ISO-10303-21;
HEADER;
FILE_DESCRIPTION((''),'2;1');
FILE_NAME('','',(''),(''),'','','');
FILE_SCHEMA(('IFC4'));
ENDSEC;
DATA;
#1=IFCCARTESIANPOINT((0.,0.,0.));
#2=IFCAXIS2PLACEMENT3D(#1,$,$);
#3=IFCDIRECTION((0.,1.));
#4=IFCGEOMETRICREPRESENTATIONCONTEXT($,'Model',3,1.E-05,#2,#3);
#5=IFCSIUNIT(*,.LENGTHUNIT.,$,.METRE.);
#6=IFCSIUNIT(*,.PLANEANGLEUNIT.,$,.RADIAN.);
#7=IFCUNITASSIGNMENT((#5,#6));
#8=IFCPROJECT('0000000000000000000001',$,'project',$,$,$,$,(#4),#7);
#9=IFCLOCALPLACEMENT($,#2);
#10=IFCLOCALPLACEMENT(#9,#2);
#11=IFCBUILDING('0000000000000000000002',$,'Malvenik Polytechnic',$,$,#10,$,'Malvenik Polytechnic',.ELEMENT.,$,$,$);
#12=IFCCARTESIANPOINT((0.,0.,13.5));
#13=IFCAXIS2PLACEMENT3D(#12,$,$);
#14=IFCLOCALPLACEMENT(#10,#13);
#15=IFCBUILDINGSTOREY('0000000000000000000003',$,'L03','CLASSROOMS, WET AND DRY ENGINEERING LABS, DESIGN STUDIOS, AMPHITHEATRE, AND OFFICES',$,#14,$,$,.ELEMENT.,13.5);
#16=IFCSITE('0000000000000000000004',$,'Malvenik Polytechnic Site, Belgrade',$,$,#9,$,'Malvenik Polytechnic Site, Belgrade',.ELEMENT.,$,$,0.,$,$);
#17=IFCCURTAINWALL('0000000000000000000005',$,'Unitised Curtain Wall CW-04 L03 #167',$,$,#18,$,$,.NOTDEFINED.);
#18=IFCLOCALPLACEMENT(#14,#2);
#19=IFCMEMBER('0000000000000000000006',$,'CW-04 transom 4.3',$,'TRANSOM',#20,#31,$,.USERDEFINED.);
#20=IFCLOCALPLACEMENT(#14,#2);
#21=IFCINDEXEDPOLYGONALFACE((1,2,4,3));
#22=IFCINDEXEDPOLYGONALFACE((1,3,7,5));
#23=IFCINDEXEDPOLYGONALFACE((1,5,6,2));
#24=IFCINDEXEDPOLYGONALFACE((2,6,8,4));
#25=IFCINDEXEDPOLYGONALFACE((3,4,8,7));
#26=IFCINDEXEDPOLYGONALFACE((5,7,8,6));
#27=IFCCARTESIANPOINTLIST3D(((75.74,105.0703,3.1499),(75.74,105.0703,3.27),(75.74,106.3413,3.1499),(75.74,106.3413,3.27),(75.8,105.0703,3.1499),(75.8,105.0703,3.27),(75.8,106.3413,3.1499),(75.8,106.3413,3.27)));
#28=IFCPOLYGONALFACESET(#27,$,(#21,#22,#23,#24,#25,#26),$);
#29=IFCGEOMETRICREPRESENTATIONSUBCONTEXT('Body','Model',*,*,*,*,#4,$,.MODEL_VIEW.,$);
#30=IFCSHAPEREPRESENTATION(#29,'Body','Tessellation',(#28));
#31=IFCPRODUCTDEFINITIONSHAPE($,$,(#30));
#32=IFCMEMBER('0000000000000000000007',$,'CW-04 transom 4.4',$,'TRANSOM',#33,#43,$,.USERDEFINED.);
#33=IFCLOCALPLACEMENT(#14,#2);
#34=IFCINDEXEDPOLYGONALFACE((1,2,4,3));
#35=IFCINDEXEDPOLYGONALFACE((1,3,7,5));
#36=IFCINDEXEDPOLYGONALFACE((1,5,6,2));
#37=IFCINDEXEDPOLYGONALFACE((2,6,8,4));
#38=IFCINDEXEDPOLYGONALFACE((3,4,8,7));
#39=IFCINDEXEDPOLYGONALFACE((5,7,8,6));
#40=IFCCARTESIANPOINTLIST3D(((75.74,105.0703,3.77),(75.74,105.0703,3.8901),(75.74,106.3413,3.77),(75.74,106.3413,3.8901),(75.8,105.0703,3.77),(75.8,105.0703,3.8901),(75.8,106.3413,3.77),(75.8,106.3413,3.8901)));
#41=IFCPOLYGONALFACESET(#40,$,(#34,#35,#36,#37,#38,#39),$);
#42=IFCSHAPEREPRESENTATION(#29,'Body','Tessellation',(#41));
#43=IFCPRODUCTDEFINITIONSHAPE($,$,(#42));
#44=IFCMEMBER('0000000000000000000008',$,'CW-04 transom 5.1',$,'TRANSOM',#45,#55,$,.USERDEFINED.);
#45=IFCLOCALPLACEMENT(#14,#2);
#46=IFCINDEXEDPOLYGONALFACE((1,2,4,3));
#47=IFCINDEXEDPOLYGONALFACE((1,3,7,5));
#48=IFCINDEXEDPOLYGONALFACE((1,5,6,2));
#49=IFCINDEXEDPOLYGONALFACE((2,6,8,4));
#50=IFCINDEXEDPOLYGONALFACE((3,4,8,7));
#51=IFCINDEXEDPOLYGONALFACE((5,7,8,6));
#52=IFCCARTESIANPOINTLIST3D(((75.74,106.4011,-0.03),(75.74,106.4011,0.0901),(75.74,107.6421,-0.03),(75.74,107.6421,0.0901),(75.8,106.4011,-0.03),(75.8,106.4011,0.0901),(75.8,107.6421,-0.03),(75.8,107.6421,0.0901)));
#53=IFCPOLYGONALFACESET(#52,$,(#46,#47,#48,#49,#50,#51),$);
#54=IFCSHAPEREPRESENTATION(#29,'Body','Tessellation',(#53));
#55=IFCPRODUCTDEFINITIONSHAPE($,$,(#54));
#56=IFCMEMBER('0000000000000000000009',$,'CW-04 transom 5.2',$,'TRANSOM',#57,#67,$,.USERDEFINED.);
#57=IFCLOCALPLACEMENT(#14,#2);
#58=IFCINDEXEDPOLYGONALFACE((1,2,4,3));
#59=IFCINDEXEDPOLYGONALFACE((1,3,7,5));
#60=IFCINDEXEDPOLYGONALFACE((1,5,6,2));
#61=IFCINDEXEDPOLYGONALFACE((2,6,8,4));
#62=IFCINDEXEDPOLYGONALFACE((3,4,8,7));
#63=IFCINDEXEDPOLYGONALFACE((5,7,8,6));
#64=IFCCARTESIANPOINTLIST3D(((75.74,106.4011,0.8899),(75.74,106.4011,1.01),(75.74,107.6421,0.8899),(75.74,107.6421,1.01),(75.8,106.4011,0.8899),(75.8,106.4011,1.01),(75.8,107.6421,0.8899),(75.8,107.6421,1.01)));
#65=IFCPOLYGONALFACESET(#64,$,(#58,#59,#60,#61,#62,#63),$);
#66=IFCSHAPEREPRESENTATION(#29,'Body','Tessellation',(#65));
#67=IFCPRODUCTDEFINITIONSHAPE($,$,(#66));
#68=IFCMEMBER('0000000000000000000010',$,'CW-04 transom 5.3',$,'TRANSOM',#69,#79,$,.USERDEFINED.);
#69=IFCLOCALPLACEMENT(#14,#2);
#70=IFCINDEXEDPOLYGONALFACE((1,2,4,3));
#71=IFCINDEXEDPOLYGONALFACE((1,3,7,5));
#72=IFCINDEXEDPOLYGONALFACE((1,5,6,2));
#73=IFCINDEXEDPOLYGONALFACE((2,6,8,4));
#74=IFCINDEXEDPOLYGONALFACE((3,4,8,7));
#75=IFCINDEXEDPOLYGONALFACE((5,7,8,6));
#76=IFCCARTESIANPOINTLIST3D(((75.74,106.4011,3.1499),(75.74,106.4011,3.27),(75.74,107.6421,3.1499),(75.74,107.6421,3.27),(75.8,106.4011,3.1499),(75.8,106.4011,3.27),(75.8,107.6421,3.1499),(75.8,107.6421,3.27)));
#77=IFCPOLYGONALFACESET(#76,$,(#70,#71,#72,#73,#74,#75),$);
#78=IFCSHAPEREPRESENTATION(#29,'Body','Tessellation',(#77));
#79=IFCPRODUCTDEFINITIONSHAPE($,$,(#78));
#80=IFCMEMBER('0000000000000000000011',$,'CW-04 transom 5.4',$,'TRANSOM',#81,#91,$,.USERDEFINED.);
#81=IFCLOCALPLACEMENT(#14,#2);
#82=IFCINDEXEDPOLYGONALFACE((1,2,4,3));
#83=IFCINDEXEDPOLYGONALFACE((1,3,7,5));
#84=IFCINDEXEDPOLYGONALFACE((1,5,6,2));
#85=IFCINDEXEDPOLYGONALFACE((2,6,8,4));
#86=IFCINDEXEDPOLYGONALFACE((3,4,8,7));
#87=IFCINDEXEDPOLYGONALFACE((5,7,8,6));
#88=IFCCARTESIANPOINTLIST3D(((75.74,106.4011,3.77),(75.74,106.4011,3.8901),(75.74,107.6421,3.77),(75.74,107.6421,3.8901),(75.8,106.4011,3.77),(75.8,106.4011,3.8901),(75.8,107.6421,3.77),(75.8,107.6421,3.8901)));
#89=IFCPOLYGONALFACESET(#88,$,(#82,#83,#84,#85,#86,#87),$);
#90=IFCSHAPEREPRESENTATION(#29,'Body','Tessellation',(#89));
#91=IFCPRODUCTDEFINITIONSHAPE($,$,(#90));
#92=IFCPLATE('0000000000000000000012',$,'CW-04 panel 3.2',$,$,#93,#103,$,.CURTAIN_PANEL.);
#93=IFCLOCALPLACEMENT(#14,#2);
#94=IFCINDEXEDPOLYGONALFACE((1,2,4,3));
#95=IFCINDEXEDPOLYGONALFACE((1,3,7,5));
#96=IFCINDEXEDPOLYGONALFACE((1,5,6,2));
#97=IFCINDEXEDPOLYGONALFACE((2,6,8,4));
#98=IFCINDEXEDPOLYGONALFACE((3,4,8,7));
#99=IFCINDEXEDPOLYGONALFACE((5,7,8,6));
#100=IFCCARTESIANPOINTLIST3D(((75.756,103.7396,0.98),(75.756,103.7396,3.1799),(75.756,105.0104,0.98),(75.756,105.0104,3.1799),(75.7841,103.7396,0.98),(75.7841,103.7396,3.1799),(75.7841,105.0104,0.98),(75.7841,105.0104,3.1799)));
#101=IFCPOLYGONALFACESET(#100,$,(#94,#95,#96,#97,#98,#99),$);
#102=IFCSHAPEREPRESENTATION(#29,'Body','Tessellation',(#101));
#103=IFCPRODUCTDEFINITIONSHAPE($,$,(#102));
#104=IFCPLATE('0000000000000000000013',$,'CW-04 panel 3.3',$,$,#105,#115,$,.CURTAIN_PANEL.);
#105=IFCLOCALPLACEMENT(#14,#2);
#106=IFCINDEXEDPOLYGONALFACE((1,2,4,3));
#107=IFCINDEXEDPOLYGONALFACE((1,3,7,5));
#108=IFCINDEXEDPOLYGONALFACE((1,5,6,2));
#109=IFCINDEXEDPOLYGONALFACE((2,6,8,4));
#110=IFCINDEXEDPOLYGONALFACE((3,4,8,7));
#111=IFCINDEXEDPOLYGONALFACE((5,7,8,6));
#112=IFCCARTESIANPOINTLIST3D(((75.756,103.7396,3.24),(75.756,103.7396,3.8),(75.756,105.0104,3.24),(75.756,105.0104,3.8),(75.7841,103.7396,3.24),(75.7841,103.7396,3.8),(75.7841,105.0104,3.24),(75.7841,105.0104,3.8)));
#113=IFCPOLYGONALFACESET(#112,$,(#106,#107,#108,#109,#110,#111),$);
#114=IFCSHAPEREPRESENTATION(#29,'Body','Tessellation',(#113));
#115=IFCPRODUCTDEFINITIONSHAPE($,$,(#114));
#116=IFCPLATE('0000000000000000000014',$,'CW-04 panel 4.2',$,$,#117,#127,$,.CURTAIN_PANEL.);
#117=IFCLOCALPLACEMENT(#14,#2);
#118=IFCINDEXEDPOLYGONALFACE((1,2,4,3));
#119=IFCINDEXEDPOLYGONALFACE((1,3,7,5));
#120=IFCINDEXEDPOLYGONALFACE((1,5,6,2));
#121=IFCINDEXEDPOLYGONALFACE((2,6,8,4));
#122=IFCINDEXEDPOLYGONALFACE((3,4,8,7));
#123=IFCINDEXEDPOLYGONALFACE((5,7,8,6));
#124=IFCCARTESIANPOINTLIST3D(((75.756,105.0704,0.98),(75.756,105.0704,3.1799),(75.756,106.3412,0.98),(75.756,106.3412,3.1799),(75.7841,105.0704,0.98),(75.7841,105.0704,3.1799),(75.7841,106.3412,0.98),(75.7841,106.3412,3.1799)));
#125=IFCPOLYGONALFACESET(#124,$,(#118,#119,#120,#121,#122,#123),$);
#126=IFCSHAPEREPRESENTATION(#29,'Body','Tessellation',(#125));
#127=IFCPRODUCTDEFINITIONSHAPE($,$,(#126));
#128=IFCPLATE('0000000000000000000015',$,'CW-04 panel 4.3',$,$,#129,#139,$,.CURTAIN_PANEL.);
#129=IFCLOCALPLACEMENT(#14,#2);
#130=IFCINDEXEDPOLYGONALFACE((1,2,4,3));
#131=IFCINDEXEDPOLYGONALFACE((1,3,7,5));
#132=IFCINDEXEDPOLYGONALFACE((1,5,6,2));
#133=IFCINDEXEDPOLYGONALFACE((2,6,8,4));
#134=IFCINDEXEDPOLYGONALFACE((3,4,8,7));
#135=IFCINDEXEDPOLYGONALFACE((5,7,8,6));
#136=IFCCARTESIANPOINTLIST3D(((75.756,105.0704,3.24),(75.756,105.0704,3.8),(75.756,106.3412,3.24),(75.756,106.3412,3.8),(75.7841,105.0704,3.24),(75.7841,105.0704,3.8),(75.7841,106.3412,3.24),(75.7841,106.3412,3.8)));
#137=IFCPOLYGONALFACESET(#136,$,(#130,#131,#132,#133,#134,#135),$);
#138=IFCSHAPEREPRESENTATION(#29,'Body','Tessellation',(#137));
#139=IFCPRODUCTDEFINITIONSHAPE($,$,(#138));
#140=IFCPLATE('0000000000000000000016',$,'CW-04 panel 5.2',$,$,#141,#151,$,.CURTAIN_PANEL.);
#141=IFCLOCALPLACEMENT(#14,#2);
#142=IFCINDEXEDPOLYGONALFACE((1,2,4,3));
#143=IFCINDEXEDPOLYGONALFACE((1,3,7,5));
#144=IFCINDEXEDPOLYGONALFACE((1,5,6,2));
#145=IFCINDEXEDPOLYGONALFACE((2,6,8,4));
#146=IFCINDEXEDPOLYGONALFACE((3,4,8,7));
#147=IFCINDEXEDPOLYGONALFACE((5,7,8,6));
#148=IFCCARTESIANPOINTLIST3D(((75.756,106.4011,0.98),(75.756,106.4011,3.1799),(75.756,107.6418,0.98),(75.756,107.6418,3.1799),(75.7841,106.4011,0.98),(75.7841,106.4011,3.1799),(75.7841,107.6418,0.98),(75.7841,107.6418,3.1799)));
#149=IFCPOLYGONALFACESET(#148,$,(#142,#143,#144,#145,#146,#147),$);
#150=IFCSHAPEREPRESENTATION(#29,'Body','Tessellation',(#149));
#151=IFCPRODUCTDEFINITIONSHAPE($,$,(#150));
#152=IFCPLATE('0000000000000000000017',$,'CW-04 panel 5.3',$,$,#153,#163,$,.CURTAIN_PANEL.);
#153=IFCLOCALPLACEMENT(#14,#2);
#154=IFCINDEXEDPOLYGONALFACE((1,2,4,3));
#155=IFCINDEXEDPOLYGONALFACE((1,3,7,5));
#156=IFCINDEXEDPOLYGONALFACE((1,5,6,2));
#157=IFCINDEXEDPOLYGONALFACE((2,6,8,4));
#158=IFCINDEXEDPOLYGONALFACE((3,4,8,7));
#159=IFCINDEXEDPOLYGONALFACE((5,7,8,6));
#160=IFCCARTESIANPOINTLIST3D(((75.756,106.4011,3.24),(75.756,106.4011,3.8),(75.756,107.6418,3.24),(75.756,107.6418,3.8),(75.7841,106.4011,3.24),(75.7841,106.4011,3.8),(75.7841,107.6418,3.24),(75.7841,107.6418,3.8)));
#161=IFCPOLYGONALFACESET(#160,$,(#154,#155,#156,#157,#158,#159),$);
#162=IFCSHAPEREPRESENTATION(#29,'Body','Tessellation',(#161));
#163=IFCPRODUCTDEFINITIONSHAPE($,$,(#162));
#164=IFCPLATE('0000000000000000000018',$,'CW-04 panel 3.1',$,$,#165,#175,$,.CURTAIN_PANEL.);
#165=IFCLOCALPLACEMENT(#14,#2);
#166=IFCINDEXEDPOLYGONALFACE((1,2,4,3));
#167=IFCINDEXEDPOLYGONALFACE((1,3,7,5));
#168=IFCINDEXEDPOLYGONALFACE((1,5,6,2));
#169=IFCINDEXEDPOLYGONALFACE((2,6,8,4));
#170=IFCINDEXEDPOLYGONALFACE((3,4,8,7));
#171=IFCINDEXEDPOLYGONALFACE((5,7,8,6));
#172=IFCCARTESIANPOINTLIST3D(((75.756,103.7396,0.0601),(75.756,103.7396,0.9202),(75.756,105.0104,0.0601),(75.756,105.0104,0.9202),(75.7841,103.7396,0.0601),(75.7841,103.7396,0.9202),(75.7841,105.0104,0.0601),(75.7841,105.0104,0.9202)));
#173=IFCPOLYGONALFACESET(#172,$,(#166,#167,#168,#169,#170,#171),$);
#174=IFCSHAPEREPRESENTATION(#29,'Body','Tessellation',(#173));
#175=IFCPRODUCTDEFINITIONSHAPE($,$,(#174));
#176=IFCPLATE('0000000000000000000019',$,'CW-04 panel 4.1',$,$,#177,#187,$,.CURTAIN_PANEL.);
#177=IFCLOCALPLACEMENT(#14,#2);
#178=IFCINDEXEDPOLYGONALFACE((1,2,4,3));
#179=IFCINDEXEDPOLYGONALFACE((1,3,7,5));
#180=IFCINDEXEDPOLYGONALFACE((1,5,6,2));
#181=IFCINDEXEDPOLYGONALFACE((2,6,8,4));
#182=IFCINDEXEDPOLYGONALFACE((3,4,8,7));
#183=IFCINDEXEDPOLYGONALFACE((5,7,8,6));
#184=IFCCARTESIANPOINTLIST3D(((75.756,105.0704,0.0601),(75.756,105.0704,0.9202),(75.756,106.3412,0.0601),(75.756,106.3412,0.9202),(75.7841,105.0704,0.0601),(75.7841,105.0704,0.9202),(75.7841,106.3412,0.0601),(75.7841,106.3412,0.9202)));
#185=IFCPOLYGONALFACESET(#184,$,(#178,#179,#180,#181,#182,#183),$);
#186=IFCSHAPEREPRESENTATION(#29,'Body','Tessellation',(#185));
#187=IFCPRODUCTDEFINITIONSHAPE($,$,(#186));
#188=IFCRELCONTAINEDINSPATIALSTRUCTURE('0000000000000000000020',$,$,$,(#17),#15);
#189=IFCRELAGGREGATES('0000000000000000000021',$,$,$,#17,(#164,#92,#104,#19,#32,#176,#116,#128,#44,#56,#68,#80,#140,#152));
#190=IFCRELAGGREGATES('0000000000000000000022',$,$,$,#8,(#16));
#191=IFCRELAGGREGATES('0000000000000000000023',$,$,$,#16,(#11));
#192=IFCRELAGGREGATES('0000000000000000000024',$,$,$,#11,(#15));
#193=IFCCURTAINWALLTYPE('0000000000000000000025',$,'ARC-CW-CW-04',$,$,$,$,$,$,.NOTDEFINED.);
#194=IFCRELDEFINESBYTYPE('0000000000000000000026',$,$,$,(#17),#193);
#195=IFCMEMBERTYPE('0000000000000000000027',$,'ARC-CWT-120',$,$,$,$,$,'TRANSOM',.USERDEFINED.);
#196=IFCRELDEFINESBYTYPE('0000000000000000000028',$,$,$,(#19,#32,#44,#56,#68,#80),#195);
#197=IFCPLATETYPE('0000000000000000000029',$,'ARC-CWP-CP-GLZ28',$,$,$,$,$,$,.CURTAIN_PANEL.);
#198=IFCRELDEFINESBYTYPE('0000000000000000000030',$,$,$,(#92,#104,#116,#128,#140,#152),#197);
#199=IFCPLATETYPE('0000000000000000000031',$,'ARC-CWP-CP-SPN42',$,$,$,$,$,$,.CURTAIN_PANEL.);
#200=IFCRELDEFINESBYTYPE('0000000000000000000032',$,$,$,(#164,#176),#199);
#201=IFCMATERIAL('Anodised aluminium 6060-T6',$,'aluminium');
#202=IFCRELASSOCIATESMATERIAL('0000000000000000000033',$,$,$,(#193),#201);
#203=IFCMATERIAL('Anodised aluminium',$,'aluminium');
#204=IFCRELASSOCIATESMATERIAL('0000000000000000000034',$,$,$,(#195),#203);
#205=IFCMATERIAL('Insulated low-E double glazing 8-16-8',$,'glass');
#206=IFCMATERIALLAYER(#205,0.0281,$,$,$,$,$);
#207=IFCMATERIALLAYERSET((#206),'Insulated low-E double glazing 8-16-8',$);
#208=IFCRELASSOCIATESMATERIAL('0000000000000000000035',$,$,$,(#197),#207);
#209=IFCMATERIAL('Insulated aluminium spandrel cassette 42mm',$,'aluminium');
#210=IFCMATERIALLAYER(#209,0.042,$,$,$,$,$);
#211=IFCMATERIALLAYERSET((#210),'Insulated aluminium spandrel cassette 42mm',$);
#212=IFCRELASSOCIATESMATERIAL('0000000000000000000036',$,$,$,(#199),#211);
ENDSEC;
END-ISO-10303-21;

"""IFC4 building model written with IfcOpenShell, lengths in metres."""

from ifc_helpers import new_model, si_unit, direction, frame, origin, origin_2d, place, context, subcontext, project, spatial, rectangle, extrude, material, layer, layer_set, material_profile, profile_set, type_object, element, aggregate, save


model = new_model("IFC4")

# Units and contexts
model_context = context("Model", 3, precision=1e-05, world=origin(), true_north=direction((0.0, 1.0)))
body_context = subcontext(model_context, "Body", "Model", "MODEL_VIEW")
ifc_project = project(units=[si_unit("LENGTHUNIT", "METRE"), si_unit("PLANEANGLEUNIT", "RADIAN")], contexts=[model_context])

# Site, building, storey
site_placement = place(None, origin())
site = spatial("IfcSite", under=ifc_project, at=site_placement, Name="Malvenik Polytechnic Site, Belgrade", LongName="Malvenik Polytechnic Site, Belgrade", CompositionType="ELEMENT", RefElevation=0.0)
building_placement = place(site_placement, origin())
building = spatial("IfcBuilding", under=site, at=building_placement, Name="Malvenik Polytechnic", LongName="Malvenik Polytechnic", CompositionType="ELEMENT")
storey_placement = place(building_placement, frame((0.0, 0.0, 13.5)))
storey = spatial("IfcBuildingStorey", under=building, at=storey_placement, Name="L03", Description="CLASSROOMS, WET AND DRY ENGINEERING LABS, DESIGN STUDIOS, AMPHITHEATRE, AND OFFICES", CompositionType="ELEMENT", Elevation=13.5)

# Curtain wall, members, plates
ifc_material_1 = material(Name="Anodised aluminium 6060-T6", Category="aluminium")
curtain_wall_type = type_object("IfcCurtainWallType", Name="ARC-CW-CW-04", PredefinedType="NOTDEFINED", material=ifc_material_1)
curtain_wall_placement = place(storey_placement, origin())
curtain_wall = element("IfcCurtainWall", 1, at=curtain_wall_placement, inside=storey, type_object=curtain_wall_type, Name="Unitised Curtain Wall CW-04 L03 #167", PredefinedType="NOTDEFINED")
ifc_material_2 = material(Name="Anodised aluminium", Category="aluminium")
ifc_material_profile_1 = material_profile(ifc_material_2, rectangle(XDim=0.0601, YDim=0.1201, at=origin_2d()), Name="ALU TRANSOM 60x120")
ifc_profile_set_1 = profile_set([ifc_material_profile_1], Name="Anodised aluminium")
member_type_1 = type_object("IfcMemberType", Name="ARC-CWT-120", ElementType="TRANSOM", PredefinedType="USERDEFINED", material=ifc_profile_set_1)
member_1_placement = place(storey_placement, frame((75.77, 105.0703, 3.21), z_axis=(0.0, 1.0, 0.0), x_axis=(-1.0, 0.0, 0.0)))
member_1 = element("IfcMember", 2, at=member_1_placement, type_object=member_type_1, Name="CW-04 transom 4.3", ObjectType="TRANSOM", PredefinedType="USERDEFINED", context=body_context, shape_type="SweptSolid", body=[
    extrude(rectangle(XDim=0.0601, YDim=0.1201, at=origin_2d()), origin(), (0.0, 0.0, 1.0), 1.271),
])
member_2_placement = place(storey_placement, frame((75.77, 105.0703, 3.8301), z_axis=(0.0, 1.0, 0.0), x_axis=(-1.0, 0.0, 0.0)))
member_2 = element("IfcMember", 3, at=member_2_placement, type_object=member_type_1, Name="CW-04 transom 4.4", ObjectType="TRANSOM", PredefinedType="USERDEFINED", context=body_context, shape_type="SweptSolid", body=[
    extrude(rectangle(XDim=0.0601, YDim=0.1201, at=origin_2d()), origin(), (0.0, 0.0, 1.0), 1.271),
])
member_3_placement = place(storey_placement, frame((75.77, 106.4011, 0.03), z_axis=(0.0, 1.0, 0.0), x_axis=(-1.0, 0.0, 0.0)))
member_3 = element("IfcMember", 4, at=member_3_placement, type_object=member_type_1, Name="CW-04 transom 5.1", ObjectType="TRANSOM", PredefinedType="USERDEFINED", context=body_context, shape_type="SweptSolid", body=[
    extrude(rectangle(XDim=0.0601, YDim=0.1201, at=origin_2d()), origin(), (0.0, 0.0, 1.0), 1.241),
])
member_4_placement = place(storey_placement, frame((75.77, 106.4011, 0.95), z_axis=(0.0, 1.0, 0.0), x_axis=(-1.0, 0.0, 0.0)))
member_4 = element("IfcMember", 5, at=member_4_placement, type_object=member_type_1, Name="CW-04 transom 5.2", ObjectType="TRANSOM", PredefinedType="USERDEFINED", context=body_context, shape_type="SweptSolid", body=[
    extrude(rectangle(XDim=0.0601, YDim=0.1201, at=origin_2d()), origin(), (0.0, 0.0, 1.0), 1.241),
])
member_5_placement = place(storey_placement, frame((75.77, 106.4011, 3.21), z_axis=(0.0, 1.0, 0.0), x_axis=(-1.0, 0.0, 0.0)))
member_5 = element("IfcMember", 6, at=member_5_placement, type_object=member_type_1, Name="CW-04 transom 5.3", ObjectType="TRANSOM", PredefinedType="USERDEFINED", context=body_context, shape_type="SweptSolid", body=[
    extrude(rectangle(XDim=0.0601, YDim=0.1201, at=origin_2d()), origin(), (0.0, 0.0, 1.0), 1.241),
])
member_6_placement = place(storey_placement, frame((75.77, 106.4011, 3.8301), z_axis=(0.0, 1.0, 0.0), x_axis=(-1.0, 0.0, 0.0)))
member_6 = element("IfcMember", 7, at=member_6_placement, type_object=member_type_1, Name="CW-04 transom 5.4", ObjectType="TRANSOM", PredefinedType="USERDEFINED", context=body_context, shape_type="SweptSolid", body=[
    extrude(rectangle(XDim=0.0601, YDim=0.1201, at=origin_2d()), origin(), (0.0, 0.0, 1.0), 1.241),
])
ifc_material_3 = material(Name="Insulated low-E double glazing 8-16-8", Category="glass")
ifc_layer_1 = layer(ifc_material_3, 0.0281)
ifc_layer_set_1 = layer_set([ifc_layer_1], Name="Insulated low-E double glazing 8-16-8")
plate_type_1 = type_object("IfcPlateType", Name="ARC-CWP-CP-GLZ28", PredefinedType="CURTAIN_PANEL", material=ifc_layer_set_1)
plate_1_placement = place(storey_placement, frame((75.77, 104.375, 0.98), z_axis=(0.0, 0.0, 1.0), x_axis=(0.0, 1.0, 0.0)))
plate_1 = element("IfcPlate", 8, at=plate_1_placement, type_object=plate_type_1, Name="CW-04 panel 3.2", PredefinedType="CURTAIN_PANEL", context=body_context, shape_type="SweptSolid", body=[
    extrude(rectangle(XDim=1.2708, YDim=0.0281, at=origin_2d()), origin(), (0.0, 0.0, 1.0), 2.2),
])
plate_2_placement = place(storey_placement, frame((75.77, 104.375, 3.24), z_axis=(0.0, 0.0, 1.0), x_axis=(0.0, 1.0, 0.0)))
plate_2 = element("IfcPlate", 9, at=plate_2_placement, type_object=plate_type_1, Name="CW-04 panel 3.3", PredefinedType="CURTAIN_PANEL", context=body_context, shape_type="SweptSolid", body=[
    extrude(rectangle(XDim=1.2708, YDim=0.0281, at=origin_2d()), origin(), (0.0, 0.0, 1.0), 0.5601),
])
plate_3_placement = place(storey_placement, frame((75.77, 105.7058, 0.98), z_axis=(0.0, 0.0, 1.0), x_axis=(0.0, 1.0, 0.0)))
plate_3 = element("IfcPlate", 10, at=plate_3_placement, type_object=plate_type_1, Name="CW-04 panel 4.2", PredefinedType="CURTAIN_PANEL", context=body_context, shape_type="SweptSolid", body=[
    extrude(rectangle(XDim=1.2708, YDim=0.0281, at=origin_2d()), origin(), (0.0, 0.0, 1.0), 2.2),
])
plate_4_placement = place(storey_placement, frame((75.77, 105.7058, 3.24), z_axis=(0.0, 0.0, 1.0), x_axis=(0.0, 1.0, 0.0)))
plate_4 = element("IfcPlate", 11, at=plate_4_placement, type_object=plate_type_1, Name="CW-04 panel 4.3", PredefinedType="CURTAIN_PANEL", context=body_context, shape_type="SweptSolid", body=[
    extrude(rectangle(XDim=1.2708, YDim=0.0281, at=origin_2d()), origin(), (0.0, 0.0, 1.0), 0.5601),
])
plate_5_placement = place(storey_placement, frame((75.77, 107.0215, 0.98), z_axis=(0.0, 0.0, 1.0), x_axis=(0.0, 1.0, 0.0)))
plate_5 = element("IfcPlate", 12, at=plate_5_placement, type_object=plate_type_1, Name="CW-04 panel 5.2", PredefinedType="CURTAIN_PANEL", context=body_context, shape_type="SweptSolid", body=[
    extrude(rectangle(XDim=1.2407, YDim=0.0281, at=origin_2d()), origin(), (0.0, 0.0, 1.0), 2.2),
])
plate_6_placement = place(storey_placement, frame((75.77, 107.0215, 3.24), z_axis=(0.0, 0.0, 1.0), x_axis=(0.0, 1.0, 0.0)))
plate_6 = element("IfcPlate", 13, at=plate_6_placement, type_object=plate_type_1, Name="CW-04 panel 5.3", PredefinedType="CURTAIN_PANEL", context=body_context, shape_type="SweptSolid", body=[
    extrude(rectangle(XDim=1.2407, YDim=0.0281, at=origin_2d()), origin(), (0.0, 0.0, 1.0), 0.5601),
])
ifc_material_4 = material(Name="Insulated aluminium spandrel cassette 42mm", Category="aluminium")
ifc_layer_2 = layer(ifc_material_4, 0.042)
ifc_layer_set_2 = layer_set([ifc_layer_2], Name="Insulated aluminium spandrel cassette 42mm")
plate_type_2 = type_object("IfcPlateType", Name="ARC-CWP-CP-SPN42", PredefinedType="CURTAIN_PANEL", material=ifc_layer_set_2)
plate_7_placement = place(storey_placement, frame((75.77, 104.375, 0.0601), z_axis=(0.0, 0.0, 1.0), x_axis=(0.0, 1.0, 0.0)))
plate_7 = element("IfcPlate", 14, at=plate_7_placement, type_object=plate_type_2, Name="CW-04 panel 3.1", PredefinedType="CURTAIN_PANEL", context=body_context, shape_type="SweptSolid", body=[
    extrude(rectangle(XDim=1.2708, YDim=0.0281, at=origin_2d()), origin(), (0.0, 0.0, 1.0), 0.8601),
])
plate_8_placement = place(storey_placement, frame((75.77, 105.7058, 0.0601), z_axis=(0.0, 0.0, 1.0), x_axis=(0.0, 1.0, 0.0)))
plate_8 = element("IfcPlate", 15, at=plate_8_placement, type_object=plate_type_2, Name="CW-04 panel 4.1", PredefinedType="CURTAIN_PANEL", context=body_context, shape_type="SweptSolid", body=[
    extrude(rectangle(XDim=1.2708, YDim=0.0281, at=origin_2d()), origin(), (0.0, 0.0, 1.0), 0.8601),
])
aggregate(curtain_wall, [plate_7, plate_1, plate_2, member_1, member_2, plate_8, plate_3, plate_4, member_3, member_4, member_5, member_6, plate_5, plate_6])

save(model, "model.ifc")
